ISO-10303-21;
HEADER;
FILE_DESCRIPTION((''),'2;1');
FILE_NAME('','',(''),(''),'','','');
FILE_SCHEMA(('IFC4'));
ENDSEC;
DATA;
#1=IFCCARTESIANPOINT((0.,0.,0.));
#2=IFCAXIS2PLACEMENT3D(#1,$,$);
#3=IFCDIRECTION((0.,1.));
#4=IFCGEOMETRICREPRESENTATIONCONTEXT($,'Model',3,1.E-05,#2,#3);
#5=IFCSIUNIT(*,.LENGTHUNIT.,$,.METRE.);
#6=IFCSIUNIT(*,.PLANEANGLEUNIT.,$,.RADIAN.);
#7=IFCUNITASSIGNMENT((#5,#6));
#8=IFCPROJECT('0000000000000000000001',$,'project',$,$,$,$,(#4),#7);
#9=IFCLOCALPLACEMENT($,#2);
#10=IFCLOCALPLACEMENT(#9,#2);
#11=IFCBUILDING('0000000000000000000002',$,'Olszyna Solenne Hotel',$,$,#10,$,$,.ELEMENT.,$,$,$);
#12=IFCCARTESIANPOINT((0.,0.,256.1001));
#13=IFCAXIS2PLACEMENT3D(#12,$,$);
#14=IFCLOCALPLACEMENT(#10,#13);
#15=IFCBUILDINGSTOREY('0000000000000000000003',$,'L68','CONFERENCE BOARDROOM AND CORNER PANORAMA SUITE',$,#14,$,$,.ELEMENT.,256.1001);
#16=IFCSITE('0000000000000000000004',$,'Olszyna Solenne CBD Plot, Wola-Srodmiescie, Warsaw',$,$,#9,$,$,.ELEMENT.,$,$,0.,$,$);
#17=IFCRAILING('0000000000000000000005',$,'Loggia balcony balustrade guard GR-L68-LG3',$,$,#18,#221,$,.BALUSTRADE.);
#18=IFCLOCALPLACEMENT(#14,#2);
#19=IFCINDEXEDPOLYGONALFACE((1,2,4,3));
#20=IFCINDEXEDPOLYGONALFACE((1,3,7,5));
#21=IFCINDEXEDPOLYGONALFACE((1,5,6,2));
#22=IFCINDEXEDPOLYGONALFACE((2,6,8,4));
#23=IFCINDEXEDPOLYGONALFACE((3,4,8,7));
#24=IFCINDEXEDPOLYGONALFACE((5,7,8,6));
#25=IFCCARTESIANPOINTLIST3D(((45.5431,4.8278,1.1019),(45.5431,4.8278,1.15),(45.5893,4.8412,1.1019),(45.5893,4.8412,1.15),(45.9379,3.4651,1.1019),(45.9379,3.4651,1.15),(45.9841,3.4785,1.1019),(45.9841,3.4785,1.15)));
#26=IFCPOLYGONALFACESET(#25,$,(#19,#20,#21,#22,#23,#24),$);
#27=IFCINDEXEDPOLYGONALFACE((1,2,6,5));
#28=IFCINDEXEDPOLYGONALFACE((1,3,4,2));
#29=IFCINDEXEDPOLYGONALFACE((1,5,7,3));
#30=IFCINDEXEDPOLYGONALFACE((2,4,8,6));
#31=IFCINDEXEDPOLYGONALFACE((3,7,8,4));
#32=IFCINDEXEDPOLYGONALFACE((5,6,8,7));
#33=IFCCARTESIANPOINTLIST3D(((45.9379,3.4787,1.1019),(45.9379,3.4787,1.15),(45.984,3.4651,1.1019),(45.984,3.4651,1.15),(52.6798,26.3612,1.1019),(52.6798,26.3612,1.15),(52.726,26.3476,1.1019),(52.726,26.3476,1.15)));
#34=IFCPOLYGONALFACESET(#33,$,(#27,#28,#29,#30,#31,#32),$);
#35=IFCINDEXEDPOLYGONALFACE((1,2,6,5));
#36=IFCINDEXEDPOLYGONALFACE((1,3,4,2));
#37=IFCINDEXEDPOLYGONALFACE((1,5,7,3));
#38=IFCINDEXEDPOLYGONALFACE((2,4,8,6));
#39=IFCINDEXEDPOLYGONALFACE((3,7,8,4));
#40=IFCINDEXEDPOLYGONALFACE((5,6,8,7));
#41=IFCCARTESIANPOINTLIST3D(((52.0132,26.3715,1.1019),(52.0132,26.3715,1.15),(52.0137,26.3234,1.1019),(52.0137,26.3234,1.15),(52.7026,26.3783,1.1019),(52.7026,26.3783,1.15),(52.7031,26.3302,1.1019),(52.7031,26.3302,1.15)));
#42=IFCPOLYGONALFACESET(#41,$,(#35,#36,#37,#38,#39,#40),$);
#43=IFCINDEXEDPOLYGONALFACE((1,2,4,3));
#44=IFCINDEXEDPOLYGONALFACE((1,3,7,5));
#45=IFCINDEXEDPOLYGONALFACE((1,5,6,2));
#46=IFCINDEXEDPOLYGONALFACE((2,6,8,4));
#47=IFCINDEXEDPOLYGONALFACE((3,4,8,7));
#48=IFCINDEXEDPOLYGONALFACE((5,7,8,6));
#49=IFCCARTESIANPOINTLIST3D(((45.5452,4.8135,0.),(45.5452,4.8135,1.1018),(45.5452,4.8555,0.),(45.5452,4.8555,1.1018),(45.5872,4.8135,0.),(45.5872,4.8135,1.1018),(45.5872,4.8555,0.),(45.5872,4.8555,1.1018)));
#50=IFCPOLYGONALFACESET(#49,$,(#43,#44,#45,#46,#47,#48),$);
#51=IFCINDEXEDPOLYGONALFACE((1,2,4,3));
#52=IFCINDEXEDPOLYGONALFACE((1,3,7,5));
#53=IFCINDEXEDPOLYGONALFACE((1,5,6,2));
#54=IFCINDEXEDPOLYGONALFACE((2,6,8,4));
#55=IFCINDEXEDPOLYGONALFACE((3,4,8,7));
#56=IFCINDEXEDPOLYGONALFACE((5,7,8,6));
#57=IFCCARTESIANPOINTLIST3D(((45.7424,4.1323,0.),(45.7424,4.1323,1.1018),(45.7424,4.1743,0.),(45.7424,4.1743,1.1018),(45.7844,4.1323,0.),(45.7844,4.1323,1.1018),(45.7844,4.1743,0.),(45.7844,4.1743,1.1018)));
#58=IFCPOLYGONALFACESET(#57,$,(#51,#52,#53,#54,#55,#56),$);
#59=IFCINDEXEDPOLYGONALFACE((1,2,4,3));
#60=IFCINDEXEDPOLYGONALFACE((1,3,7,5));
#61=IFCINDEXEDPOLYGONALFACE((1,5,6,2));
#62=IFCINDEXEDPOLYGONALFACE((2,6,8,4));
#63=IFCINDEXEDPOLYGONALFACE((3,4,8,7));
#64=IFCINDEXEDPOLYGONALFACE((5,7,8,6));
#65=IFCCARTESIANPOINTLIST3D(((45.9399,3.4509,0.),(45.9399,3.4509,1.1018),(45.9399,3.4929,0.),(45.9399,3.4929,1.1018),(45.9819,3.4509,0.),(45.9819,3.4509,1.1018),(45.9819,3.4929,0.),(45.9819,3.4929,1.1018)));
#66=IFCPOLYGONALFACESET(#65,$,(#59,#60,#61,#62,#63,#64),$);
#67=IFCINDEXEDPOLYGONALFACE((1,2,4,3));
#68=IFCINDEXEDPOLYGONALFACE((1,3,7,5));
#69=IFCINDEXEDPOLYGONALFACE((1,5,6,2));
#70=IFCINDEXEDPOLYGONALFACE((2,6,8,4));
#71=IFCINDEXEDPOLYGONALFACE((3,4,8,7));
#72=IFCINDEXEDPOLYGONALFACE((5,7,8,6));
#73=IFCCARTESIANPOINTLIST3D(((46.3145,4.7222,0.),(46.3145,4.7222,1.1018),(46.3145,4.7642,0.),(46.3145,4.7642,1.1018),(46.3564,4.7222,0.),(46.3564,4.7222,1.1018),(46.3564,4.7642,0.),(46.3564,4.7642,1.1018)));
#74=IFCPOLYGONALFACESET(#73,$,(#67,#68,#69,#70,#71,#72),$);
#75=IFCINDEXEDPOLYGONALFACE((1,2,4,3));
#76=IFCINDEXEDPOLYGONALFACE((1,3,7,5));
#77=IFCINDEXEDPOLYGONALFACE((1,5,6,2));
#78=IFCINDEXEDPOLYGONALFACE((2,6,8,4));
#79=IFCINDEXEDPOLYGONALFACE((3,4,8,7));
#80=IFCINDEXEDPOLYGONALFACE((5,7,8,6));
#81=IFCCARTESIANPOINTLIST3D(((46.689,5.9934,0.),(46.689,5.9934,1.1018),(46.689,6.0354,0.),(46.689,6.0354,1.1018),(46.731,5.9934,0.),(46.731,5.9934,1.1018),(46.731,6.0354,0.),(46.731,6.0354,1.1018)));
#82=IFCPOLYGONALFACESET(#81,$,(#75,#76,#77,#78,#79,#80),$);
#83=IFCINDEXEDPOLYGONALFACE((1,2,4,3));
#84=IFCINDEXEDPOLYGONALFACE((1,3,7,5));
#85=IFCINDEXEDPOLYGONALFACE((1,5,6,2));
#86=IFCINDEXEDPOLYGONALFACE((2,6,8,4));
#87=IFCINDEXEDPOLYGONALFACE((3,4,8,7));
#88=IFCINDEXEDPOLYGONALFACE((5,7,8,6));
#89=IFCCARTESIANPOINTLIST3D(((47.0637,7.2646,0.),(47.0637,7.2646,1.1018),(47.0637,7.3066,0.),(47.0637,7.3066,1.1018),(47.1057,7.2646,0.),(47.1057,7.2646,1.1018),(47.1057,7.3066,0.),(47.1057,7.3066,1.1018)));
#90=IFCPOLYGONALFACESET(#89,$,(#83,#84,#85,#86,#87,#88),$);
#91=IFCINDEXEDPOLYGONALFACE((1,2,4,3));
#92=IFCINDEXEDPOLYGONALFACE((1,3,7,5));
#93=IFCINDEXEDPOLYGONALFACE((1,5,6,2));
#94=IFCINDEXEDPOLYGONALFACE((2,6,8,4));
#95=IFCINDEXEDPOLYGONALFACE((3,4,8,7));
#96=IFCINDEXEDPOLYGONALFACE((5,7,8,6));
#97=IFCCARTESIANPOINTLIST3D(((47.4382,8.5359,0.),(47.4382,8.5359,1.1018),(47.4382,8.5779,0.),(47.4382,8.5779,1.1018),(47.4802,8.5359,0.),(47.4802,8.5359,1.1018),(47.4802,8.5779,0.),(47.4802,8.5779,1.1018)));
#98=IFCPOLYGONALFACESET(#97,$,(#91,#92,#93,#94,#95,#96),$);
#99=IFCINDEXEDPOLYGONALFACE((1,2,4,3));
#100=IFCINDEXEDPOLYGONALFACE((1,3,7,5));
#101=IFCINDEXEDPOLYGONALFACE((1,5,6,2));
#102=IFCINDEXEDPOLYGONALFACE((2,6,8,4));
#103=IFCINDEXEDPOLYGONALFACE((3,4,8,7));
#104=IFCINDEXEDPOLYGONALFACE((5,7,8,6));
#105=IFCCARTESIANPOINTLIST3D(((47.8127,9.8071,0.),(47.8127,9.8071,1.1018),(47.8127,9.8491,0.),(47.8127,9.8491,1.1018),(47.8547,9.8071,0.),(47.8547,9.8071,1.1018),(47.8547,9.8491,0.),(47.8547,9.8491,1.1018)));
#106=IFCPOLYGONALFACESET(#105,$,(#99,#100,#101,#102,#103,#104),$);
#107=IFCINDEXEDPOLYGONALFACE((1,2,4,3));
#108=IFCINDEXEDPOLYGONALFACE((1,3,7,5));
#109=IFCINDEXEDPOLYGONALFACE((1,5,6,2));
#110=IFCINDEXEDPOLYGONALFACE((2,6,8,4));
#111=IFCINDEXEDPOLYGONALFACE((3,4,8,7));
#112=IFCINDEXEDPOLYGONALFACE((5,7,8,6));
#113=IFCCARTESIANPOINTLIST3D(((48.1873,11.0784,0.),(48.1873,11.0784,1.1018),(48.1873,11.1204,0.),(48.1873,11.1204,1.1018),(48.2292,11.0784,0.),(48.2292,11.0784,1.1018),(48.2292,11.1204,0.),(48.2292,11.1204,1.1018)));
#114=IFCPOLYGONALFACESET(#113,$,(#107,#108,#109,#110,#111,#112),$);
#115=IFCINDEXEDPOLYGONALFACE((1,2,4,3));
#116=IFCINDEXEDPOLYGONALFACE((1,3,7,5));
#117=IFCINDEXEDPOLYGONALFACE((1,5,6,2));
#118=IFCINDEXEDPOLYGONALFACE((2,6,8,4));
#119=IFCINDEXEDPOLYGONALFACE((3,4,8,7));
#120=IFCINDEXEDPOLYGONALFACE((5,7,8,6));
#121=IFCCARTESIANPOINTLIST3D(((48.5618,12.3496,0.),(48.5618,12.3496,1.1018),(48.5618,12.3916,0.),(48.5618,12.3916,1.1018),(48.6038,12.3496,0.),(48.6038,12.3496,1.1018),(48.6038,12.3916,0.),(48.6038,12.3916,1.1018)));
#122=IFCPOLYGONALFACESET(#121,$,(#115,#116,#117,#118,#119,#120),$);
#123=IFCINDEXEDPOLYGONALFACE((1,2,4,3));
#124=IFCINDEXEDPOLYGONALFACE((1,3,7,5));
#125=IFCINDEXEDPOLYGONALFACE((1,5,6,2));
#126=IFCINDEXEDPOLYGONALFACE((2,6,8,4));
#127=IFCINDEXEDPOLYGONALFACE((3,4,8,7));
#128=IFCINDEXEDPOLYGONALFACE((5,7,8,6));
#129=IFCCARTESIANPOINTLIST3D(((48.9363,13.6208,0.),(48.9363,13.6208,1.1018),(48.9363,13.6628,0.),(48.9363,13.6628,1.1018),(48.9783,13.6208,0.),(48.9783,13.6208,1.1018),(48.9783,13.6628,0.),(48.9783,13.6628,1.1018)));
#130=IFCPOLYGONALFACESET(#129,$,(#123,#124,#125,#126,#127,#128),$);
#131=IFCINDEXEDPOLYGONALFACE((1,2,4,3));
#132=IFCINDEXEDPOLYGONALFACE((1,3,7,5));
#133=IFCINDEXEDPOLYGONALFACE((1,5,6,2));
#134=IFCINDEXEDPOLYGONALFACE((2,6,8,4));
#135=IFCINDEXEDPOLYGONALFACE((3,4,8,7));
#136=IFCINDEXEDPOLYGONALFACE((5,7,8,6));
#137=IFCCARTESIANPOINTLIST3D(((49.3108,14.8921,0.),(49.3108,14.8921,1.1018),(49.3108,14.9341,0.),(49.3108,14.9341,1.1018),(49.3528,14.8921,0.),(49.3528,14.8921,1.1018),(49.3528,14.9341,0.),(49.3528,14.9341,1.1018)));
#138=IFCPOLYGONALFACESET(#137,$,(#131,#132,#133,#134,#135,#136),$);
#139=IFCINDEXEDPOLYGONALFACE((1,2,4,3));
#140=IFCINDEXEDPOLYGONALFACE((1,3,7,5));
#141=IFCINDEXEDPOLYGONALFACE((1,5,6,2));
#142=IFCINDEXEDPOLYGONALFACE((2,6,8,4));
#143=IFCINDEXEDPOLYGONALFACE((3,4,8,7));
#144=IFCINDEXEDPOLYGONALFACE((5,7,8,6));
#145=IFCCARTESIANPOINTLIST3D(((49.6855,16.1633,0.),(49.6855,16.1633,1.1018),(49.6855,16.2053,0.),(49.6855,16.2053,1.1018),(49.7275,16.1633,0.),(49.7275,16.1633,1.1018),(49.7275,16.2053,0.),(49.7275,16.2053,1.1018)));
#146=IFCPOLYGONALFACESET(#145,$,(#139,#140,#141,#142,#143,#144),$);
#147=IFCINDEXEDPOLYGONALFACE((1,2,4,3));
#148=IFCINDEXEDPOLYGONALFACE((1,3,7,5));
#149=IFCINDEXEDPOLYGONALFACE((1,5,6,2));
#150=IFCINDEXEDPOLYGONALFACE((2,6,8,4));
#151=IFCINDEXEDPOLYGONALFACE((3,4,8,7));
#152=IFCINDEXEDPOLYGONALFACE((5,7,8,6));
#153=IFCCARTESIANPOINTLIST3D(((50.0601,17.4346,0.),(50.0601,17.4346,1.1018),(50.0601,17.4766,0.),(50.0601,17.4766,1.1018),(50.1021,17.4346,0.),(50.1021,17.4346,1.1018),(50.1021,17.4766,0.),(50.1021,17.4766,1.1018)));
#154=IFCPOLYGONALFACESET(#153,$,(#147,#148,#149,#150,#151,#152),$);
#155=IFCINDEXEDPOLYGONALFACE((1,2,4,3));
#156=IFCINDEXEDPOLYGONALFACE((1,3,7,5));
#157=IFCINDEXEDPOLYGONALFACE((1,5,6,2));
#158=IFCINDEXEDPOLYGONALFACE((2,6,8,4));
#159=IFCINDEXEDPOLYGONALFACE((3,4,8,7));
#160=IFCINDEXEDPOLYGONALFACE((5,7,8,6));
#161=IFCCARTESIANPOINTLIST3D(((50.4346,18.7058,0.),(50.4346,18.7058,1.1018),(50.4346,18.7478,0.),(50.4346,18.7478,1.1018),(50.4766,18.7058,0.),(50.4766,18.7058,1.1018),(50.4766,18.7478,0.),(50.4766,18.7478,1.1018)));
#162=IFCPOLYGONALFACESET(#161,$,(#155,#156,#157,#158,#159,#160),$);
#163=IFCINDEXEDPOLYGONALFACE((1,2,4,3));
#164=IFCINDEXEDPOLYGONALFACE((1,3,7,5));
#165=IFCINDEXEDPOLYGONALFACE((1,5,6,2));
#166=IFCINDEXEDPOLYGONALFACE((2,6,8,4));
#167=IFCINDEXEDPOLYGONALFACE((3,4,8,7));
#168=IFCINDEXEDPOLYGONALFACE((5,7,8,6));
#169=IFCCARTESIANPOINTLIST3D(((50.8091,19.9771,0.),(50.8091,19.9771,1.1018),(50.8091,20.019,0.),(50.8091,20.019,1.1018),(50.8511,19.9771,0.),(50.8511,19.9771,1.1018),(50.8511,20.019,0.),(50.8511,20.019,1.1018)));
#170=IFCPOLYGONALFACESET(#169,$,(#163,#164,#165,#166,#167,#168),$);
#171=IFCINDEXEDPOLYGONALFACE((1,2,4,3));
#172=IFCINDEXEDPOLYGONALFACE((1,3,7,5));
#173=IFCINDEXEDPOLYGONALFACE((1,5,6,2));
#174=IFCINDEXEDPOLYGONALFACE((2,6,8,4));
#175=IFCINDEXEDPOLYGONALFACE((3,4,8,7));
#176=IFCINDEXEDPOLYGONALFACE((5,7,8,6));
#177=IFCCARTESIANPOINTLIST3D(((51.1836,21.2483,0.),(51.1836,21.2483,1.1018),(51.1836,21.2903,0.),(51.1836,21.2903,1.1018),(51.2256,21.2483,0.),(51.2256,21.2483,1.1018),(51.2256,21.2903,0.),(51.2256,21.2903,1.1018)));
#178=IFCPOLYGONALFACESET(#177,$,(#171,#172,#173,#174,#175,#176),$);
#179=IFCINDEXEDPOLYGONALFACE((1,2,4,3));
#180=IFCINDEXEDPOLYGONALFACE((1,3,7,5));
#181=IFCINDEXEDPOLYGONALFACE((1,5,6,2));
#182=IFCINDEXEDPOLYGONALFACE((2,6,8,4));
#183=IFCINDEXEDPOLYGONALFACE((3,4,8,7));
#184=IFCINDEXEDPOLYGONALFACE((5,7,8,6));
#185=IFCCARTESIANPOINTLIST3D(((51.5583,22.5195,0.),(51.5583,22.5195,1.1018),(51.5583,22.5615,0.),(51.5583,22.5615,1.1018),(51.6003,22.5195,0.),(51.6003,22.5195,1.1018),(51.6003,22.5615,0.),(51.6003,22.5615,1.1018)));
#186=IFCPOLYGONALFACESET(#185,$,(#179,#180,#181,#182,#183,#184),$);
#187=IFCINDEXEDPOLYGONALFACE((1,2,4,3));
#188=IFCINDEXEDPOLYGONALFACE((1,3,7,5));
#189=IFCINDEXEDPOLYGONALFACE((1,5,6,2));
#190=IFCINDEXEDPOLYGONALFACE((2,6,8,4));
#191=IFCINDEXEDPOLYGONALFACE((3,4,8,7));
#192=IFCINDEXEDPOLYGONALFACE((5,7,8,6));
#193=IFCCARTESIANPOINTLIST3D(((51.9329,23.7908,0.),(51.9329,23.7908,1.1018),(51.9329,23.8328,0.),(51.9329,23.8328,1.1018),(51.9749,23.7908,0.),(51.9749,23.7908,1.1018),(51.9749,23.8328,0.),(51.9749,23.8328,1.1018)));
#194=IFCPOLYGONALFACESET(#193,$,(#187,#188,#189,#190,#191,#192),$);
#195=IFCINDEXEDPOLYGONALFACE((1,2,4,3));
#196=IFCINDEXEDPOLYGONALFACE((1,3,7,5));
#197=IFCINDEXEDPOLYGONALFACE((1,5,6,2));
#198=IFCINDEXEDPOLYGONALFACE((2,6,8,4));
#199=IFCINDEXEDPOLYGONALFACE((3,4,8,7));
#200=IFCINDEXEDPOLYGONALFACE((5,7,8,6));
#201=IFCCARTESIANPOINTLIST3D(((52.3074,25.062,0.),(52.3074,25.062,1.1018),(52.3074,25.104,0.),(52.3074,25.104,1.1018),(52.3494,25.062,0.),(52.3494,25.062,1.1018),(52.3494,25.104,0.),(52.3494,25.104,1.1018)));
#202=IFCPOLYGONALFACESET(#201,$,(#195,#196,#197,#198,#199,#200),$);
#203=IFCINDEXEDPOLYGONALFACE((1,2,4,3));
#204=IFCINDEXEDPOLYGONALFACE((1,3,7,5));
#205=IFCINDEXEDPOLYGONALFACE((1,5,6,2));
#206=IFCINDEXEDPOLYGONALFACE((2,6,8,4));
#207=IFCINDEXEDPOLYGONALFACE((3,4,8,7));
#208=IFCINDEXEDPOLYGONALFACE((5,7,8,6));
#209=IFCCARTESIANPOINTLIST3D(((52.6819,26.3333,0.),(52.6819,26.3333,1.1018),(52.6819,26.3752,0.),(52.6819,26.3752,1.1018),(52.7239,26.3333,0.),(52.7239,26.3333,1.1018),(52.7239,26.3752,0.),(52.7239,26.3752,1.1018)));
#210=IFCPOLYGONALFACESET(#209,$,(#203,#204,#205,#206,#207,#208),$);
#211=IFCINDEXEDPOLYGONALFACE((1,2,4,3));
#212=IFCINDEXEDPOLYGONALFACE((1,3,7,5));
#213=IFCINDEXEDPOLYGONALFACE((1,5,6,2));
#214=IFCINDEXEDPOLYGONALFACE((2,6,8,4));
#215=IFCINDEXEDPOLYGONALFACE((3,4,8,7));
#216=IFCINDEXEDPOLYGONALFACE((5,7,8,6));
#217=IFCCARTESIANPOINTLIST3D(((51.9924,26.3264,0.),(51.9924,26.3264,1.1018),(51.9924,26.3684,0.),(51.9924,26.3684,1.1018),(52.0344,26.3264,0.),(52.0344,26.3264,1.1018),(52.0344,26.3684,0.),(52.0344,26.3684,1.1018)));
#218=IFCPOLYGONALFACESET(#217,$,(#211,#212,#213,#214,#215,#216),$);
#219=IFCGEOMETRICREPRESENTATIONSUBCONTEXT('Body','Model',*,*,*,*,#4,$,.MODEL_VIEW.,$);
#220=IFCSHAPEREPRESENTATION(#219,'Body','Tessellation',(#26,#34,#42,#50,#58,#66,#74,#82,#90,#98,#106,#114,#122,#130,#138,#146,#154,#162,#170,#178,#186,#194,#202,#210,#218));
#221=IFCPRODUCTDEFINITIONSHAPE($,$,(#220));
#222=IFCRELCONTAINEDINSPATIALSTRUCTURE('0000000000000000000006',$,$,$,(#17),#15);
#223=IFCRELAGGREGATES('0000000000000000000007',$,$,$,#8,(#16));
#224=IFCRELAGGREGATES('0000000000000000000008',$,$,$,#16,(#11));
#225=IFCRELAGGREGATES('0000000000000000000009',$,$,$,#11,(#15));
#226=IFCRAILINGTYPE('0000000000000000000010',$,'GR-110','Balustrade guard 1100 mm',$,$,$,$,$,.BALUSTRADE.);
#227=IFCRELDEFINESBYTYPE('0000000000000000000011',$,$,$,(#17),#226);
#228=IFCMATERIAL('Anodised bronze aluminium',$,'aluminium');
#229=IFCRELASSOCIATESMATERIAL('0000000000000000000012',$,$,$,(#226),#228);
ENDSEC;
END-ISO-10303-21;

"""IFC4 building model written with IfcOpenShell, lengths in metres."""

from ifc_helpers import new_model, si_unit, direction, frame, origin, origin_2d, place, context, subcontext, project, spatial, rectangle, extrude, material, type_object, element, save


model = new_model("IFC4")

# Units and contexts
model_context = context("Model", 3, precision=1e-05, world=origin(), true_north=direction((0.0, 1.0)))
body_context = subcontext(model_context, "Body", "Model", "MODEL_VIEW")
ifc_project = project(units=[si_unit("LENGTHUNIT", "METRE"), si_unit("PLANEANGLEUNIT", "RADIAN")], contexts=[model_context])

# Site, building, storey
site_placement = place(None, origin())
site = spatial("IfcSite", under=ifc_project, at=site_placement, Name="Olszyna Solenne CBD Plot, Wola-Srodmiescie, Warsaw", CompositionType="ELEMENT", RefElevation=0.0)
building_placement = place(site_placement, origin())
building = spatial("IfcBuilding", under=site, at=building_placement, Name="Olszyna Solenne Hotel", CompositionType="ELEMENT")
storey_placement = place(building_placement, frame((0.0, 0.0, 256.1001)))
storey = spatial("IfcBuildingStorey", under=building, at=storey_placement, Name="L68", Description="CONFERENCE BOARDROOM AND CORNER PANORAMA SUITE", CompositionType="ELEMENT", Elevation=256.1001)

# Shared definitions
ifc_material_1 = material(Name="Anodised bronze aluminium", Category="aluminium")

# Railing
railing_type = type_object("IfcRailingType", Name="GR-110", Description="Balustrade guard 1100 mm", PredefinedType="BALUSTRADE", material=ifc_material_1)
railing_placement = place(storey_placement, frame((45.5662, 4.8345, 0.0)))
element("IfcRailing", 1, at=railing_placement, inside=storey, type_object=railing_type, Name="Loggia balcony balustrade guard GR-L68-LG3", PredefinedType="BALUSTRADE", context=body_context, shape_type="SweptSolid", body=[
    extrude(rectangle(XDim=0.0481, YDim=0.0481, at=origin_2d()), frame((0.0, 0.0, 1.126), z_axis=(0.278288, -0.960498, 0.0), x_axis=(0.960498, 0.278288, 0.0)), (0.0, 0.0, 1.0), 1.4187),
    extrude(rectangle(XDim=0.0481, YDim=0.0481, at=origin_2d()), frame((0.3948, -1.3625, 1.126), z_axis=(0.282623, 0.959231, 0.0), x_axis=(-0.959231, 0.282623, 0.0)), (0.0, 0.0, 1.0), 23.855),
    extrude(rectangle(XDim=0.0481, YDim=0.0481, at=origin_2d()), frame((7.1367, 21.5198, 1.126), z_axis=(-0.999951, -0.009915, 0.0), x_axis=(0.009915, -0.999951, 0.0)), (0.0, 0.0, 1.0), 0.6895),
    extrude(rectangle(XDim=0.042, YDim=0.042, at=origin_2d()), origin(), (0.0, 0.0, 1.0), 1.1018),
    extrude(rectangle(XDim=0.042, YDim=0.042, at=origin_2d()), frame((0.1973, -0.6812, 0.0)), (0.0, 0.0, 1.0), 1.1018),
    extrude(rectangle(XDim=0.042, YDim=0.042, at=origin_2d()), frame((0.3948, -1.3625, 0.0)), (0.0, 0.0, 1.0), 1.1018),
    extrude(rectangle(XDim=0.042, YDim=0.042, at=origin_2d()), frame((0.7693, -0.0913, 0.0)), (0.0, 0.0, 1.0), 1.1018),
    extrude(rectangle(XDim=0.042, YDim=0.042, at=origin_2d()), frame((1.1438, 1.1799, 0.0)), (0.0, 0.0, 1.0), 1.1018),
    extrude(rectangle(XDim=0.042, YDim=0.042, at=origin_2d()), frame((1.5186, 2.4512, 0.0)), (0.0, 0.0, 1.0), 1.1018),
    extrude(rectangle(XDim=0.042, YDim=0.042, at=origin_2d()), frame((1.8931, 3.7224, 0.0)), (0.0, 0.0, 1.0), 1.1018),
    extrude(rectangle(XDim=0.042, YDim=0.042, at=origin_2d()), frame((2.2676, 4.9937, 0.0)), (0.0, 0.0, 1.0), 1.1018),
    extrude(rectangle(XDim=0.042, YDim=0.042, at=origin_2d()), frame((2.6421, 6.2649, 0.0)), (0.0, 0.0, 1.0), 1.1018),
    extrude(rectangle(XDim=0.042, YDim=0.042, at=origin_2d()), frame((3.0166, 7.5361, 0.0)), (0.0, 0.0, 1.0), 1.1018),
    extrude(rectangle(XDim=0.042, YDim=0.042, at=origin_2d()), frame((3.3911, 8.8074, 0.0)), (0.0, 0.0, 1.0), 1.1018),
    extrude(rectangle(XDim=0.042, YDim=0.042, at=origin_2d()), frame((3.7656, 10.0786, 0.0)), (0.0, 0.0, 1.0), 1.1018),
    extrude(rectangle(XDim=0.042, YDim=0.042, at=origin_2d()), frame((4.1404, 11.3499, 0.0)), (0.0, 0.0, 1.0), 1.1018),
    extrude(rectangle(XDim=0.042, YDim=0.042, at=origin_2d()), frame((4.5149, 12.6211, 0.0)), (0.0, 0.0, 1.0), 1.1018),
    extrude(rectangle(XDim=0.042, YDim=0.042, at=origin_2d()), frame((4.8894, 13.8923, 0.0)), (0.0, 0.0, 1.0), 1.1018),
    extrude(rectangle(XDim=0.042, YDim=0.042, at=origin_2d()), frame((5.2639, 15.1636, 0.0)), (0.0, 0.0, 1.0), 1.1018),
    extrude(rectangle(XDim=0.042, YDim=0.042, at=origin_2d()), frame((5.6384, 16.4348, 0.0)), (0.0, 0.0, 1.0), 1.1018),
    extrude(rectangle(XDim=0.042, YDim=0.042, at=origin_2d()), frame((6.0132, 17.7061, 0.0)), (0.0, 0.0, 1.0), 1.1018),
    extrude(rectangle(XDim=0.042, YDim=0.042, at=origin_2d()), frame((6.3877, 18.9773, 0.0)), (0.0, 0.0, 1.0), 1.1018),
    extrude(rectangle(XDim=0.042, YDim=0.042, at=origin_2d()), frame((6.7622, 20.2485, 0.0)), (0.0, 0.0, 1.0), 1.1018),
    extrude(rectangle(XDim=0.042, YDim=0.042, at=origin_2d()), frame((7.1367, 21.5198, 0.0)), (0.0, 0.0, 1.0), 1.1018),
    extrude(rectangle(XDim=0.042, YDim=0.042, at=origin_2d()), frame((6.4473, 21.5129, 0.0)), (0.0, 0.0, 1.0), 1.1018),
])

save(model, "model.ifc")
